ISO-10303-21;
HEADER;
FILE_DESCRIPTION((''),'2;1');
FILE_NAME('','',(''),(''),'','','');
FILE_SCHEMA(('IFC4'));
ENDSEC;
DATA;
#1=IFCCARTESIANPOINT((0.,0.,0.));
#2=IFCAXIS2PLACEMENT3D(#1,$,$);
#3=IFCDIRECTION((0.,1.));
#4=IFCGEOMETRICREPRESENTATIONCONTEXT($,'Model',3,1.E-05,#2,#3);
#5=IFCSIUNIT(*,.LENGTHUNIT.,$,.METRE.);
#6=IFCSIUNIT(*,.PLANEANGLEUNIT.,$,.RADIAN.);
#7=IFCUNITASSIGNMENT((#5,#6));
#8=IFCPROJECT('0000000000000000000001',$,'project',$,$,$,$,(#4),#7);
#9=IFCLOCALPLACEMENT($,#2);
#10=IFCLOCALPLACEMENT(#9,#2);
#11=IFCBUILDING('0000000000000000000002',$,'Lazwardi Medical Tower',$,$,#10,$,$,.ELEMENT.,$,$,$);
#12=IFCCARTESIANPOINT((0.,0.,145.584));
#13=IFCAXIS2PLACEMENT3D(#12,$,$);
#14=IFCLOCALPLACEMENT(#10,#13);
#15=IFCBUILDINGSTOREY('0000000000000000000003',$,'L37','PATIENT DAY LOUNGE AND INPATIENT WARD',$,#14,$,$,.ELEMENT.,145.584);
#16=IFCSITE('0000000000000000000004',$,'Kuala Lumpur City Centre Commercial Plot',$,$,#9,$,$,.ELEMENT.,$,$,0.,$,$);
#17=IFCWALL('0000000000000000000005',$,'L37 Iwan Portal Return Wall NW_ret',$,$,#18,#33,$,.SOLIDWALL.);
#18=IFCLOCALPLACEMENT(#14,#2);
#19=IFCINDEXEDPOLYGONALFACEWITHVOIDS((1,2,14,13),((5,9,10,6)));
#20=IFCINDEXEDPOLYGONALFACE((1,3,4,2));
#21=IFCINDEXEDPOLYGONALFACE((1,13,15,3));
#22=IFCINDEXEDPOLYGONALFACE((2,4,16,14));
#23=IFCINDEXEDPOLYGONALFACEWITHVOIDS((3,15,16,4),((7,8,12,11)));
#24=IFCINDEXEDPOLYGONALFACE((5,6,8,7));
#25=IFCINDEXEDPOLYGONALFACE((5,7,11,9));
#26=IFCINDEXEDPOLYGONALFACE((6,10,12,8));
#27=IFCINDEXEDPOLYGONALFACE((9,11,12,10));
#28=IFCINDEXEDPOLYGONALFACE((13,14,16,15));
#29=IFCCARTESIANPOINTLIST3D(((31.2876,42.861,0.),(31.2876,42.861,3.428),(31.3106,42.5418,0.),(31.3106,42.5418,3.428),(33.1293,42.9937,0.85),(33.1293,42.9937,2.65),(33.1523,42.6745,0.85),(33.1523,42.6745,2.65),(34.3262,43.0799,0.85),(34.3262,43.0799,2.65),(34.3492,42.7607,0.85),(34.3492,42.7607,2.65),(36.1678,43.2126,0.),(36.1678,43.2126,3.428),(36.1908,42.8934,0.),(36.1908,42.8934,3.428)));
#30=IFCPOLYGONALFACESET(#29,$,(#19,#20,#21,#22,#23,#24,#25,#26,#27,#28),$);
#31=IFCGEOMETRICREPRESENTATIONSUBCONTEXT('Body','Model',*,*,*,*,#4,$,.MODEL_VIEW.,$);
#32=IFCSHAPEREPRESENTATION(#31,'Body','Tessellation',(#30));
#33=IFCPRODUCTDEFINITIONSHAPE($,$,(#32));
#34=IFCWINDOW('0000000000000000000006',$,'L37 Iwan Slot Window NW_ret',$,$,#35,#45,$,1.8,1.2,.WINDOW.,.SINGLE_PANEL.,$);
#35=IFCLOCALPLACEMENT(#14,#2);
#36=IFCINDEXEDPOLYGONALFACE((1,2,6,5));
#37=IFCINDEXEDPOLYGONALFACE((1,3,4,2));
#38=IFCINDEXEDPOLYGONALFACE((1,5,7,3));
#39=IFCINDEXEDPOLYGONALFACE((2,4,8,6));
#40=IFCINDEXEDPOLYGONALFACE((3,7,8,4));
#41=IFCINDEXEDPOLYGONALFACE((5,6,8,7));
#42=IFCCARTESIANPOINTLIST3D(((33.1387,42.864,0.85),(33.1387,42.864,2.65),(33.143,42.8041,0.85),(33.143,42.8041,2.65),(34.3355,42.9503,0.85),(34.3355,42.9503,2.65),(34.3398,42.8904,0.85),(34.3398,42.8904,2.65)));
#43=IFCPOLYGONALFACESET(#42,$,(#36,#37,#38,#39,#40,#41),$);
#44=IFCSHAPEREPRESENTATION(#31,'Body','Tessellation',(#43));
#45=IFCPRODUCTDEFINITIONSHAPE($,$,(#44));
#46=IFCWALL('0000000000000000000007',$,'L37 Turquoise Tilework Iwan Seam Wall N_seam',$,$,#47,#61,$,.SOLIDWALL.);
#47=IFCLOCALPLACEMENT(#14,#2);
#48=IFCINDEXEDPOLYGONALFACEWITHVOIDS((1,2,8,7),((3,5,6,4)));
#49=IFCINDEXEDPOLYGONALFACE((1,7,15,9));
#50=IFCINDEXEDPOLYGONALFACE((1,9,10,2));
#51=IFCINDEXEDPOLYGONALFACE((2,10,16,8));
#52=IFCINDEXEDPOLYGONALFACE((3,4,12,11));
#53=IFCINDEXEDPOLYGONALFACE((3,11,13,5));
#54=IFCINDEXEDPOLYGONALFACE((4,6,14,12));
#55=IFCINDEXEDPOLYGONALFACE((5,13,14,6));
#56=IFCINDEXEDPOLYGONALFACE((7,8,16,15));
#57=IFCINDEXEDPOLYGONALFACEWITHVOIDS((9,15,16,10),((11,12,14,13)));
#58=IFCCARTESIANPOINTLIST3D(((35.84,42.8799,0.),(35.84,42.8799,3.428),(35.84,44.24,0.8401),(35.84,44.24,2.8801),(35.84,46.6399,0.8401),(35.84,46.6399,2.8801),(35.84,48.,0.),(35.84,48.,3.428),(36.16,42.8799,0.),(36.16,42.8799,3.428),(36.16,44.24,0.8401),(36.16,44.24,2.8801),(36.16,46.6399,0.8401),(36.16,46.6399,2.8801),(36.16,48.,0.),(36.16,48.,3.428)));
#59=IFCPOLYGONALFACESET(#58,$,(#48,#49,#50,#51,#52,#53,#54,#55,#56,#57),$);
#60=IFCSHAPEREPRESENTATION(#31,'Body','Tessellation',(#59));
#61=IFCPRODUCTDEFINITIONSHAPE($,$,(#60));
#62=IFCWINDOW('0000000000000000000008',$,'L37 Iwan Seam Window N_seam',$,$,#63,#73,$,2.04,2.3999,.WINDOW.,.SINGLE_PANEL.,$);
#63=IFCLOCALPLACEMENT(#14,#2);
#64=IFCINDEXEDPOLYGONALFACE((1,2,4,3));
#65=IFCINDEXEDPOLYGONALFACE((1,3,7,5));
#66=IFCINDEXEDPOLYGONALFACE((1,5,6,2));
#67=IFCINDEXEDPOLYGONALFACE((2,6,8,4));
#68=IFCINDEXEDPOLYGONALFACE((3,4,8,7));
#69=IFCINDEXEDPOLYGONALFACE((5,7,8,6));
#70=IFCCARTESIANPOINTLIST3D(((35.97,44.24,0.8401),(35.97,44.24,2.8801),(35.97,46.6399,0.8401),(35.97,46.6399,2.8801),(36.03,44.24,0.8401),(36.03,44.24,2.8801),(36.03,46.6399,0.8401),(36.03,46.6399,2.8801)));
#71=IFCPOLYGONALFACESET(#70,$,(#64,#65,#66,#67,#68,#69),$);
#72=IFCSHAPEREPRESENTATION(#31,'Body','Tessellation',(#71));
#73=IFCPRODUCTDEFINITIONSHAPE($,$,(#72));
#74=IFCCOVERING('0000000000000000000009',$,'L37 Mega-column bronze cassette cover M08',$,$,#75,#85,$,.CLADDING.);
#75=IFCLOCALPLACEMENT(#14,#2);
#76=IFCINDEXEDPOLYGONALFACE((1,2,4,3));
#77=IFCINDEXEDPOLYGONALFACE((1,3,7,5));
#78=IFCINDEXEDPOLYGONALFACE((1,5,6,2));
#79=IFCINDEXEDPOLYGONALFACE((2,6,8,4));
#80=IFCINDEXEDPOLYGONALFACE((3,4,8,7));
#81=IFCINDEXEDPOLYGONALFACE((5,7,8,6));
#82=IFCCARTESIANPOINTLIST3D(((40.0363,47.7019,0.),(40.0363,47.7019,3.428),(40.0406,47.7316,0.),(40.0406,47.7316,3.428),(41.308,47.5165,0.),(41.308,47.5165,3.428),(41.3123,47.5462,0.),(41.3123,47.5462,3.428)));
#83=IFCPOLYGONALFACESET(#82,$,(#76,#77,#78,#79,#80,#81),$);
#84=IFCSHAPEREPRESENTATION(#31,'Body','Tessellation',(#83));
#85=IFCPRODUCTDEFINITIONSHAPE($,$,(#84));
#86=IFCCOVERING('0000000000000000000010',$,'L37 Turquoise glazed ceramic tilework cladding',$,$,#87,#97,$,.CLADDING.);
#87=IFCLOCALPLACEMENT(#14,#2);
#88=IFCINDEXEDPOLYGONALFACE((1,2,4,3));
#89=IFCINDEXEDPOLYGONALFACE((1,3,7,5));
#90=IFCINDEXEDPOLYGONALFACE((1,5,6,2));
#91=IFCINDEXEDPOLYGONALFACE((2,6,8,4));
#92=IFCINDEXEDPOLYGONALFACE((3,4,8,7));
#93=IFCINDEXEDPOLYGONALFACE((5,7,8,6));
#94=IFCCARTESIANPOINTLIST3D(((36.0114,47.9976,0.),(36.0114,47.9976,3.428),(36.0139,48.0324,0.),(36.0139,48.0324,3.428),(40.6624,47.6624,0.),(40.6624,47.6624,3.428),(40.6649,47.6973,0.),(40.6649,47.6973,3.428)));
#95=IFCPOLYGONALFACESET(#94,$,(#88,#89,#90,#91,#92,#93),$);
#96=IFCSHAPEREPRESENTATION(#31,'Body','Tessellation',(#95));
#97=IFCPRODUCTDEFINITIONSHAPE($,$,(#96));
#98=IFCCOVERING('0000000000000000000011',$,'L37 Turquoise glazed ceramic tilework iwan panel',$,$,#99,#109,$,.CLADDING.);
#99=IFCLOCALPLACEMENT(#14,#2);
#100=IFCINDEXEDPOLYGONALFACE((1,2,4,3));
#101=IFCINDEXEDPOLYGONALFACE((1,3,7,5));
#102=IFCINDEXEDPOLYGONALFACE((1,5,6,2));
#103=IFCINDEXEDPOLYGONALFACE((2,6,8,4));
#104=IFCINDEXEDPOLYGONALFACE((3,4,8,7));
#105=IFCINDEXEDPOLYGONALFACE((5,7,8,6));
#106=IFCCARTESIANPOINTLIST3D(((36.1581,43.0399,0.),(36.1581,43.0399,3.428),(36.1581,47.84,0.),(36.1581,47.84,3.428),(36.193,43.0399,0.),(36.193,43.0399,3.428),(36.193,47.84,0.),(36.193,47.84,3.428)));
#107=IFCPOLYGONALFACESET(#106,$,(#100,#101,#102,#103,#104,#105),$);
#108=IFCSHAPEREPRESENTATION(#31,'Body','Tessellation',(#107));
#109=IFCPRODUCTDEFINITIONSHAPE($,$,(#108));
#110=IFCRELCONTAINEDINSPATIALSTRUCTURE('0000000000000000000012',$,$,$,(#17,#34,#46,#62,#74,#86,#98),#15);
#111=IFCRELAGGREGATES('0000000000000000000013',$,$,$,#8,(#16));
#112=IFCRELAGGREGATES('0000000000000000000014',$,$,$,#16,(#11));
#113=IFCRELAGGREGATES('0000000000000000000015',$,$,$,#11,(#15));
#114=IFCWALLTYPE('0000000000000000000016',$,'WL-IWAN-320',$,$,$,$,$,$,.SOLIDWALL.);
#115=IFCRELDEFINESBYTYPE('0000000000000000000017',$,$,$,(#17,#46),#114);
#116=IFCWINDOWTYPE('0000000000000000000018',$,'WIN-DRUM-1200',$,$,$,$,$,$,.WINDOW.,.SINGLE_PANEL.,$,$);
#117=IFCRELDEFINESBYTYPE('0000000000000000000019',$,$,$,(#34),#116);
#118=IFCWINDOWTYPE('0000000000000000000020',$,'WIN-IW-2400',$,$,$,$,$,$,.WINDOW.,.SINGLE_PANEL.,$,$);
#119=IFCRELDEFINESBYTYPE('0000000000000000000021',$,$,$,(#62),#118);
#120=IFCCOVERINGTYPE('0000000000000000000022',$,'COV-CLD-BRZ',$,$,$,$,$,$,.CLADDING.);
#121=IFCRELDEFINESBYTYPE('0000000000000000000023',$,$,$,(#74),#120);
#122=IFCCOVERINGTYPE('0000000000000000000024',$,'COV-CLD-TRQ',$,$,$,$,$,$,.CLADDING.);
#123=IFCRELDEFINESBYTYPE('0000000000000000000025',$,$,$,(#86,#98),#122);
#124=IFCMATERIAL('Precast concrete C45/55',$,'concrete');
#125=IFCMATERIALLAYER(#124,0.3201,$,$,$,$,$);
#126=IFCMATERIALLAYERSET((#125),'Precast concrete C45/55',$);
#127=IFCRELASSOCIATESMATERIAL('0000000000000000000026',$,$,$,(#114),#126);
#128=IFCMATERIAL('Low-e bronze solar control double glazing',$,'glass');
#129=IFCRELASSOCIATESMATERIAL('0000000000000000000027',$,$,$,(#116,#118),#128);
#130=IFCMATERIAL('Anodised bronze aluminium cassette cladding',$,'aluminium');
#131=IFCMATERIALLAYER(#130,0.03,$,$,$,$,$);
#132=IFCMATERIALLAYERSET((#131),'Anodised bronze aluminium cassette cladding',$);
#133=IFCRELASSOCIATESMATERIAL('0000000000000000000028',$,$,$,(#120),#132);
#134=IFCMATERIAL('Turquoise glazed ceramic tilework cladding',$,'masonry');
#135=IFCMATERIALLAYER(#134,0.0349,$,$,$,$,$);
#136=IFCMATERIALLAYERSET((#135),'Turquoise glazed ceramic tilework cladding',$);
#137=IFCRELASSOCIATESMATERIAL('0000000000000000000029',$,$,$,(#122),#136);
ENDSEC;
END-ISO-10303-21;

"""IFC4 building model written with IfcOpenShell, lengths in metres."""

from ifc_helpers import new_model, si_unit, direction, frame, frame_2d, origin, origin_2d, place, context, subcontext, project, spatial, rectangle, extrude, material, layer, layer_set, type_object, element, fill, save


model = new_model("IFC4")

# Units and contexts
model_context = context("Model", 3, precision=1e-05, world=origin(), true_north=direction((0.0, 1.0)))
body_context = subcontext(model_context, "Body", "Model", "MODEL_VIEW")
ifc_project = project(units=[si_unit("LENGTHUNIT", "METRE"), si_unit("PLANEANGLEUNIT", "RADIAN")], contexts=[model_context])

# Site, building, storey
site_placement = place(None, origin())
site = spatial("IfcSite", under=ifc_project, at=site_placement, Name="Kuala Lumpur City Centre Commercial Plot", CompositionType="ELEMENT", RefElevation=0.0)
building_placement = place(site_placement, origin())
building = spatial("IfcBuilding", under=site, at=building_placement, Name="Lazwardi Medical Tower", CompositionType="ELEMENT")
storey_placement = place(building_placement, frame((0.0, 0.0, 145.584)))
storey = spatial("IfcBuildingStorey", under=building, at=storey_placement, Name="L37", Description="PATIENT DAY LOUNGE AND INPATIENT WARD", CompositionType="ELEMENT", Elevation=145.584)

# Shared definitions
ifc_material_1 = material(Name="Low-e bronze solar control double glazing", Category="glass")

# Walls, openings, windows
ifc_material_2 = material(Name="Precast concrete C45/55", Category="concrete")
ifc_layer_1 = layer(ifc_material_2, 0.3201)
ifc_layer_set_1 = layer_set([ifc_layer_1], Name="Precast concrete C45/55")
wall_type_1 = type_object("IfcWallType", Name="WL-IWAN-320", PredefinedType="SOLIDWALL", material=ifc_layer_set_1)
wall_1_placement = place(storey_placement, frame((36.1792, 43.053, 0.0), z_axis=(0.0, 0.0, 1.0), x_axis=(-0.997415, -0.071853, 0.0)))
wall_1 = element("IfcWall", 1, at=wall_1_placement, inside=storey, type_object=wall_type_1, Name="L37 Iwan Portal Return Wall NW_ret", PredefinedType="SOLIDWALL", context=body_context, shape_type="SweptSolid", body=[
    extrude(rectangle(XDim=4.8928, YDim=0.3201, at=frame_2d((2.4463, 0.0))), origin(), (0.0, 0.0, 1.0), 3.428),
])
opening_1_placement = place(wall_1_placement, frame((1.8462, 0.0, 0.8501)))
opening_1 = element("IfcOpeningElement", 2, at=opening_1_placement, cuts=wall_1, PredefinedType="OPENING", context=body_context, shape_type="SweptSolid", body=[
    extrude(rectangle(XDim=1.2, YDim=1.8, at=frame_2d((0.6001, 0.8999))), frame((0.0, 0.1699, 0.0), z_axis=(0.0, -1.0, 0.0), x_axis=(1.0, 0.0, 0.0)), (0.0, 0.0, 1.0), 0.3401),
])
window_type_1 = type_object("IfcWindowType", Name="WIN-DRUM-1200", PartitioningType="SINGLE_PANEL", PredefinedType="WINDOW", material=ifc_material_1)
window_1_placement = place(opening_1_placement, origin())
window_1 = element("IfcWindow", 3, at=window_1_placement, inside=storey, type_object=window_type_1, Name="L37 Iwan Slot Window NW_ret", OverallHeight=1.8, OverallWidth=1.2, PartitioningType="SINGLE_PANEL", PredefinedType="WINDOW", context=body_context, shape_type="SweptSolid", body=[
    extrude(rectangle(XDim=1.2, YDim=1.8, at=frame_2d((0.6001, 0.8999))), frame((0.0, 0.03, 0.0), z_axis=(0.0, -1.0, 0.0), x_axis=(1.0, 0.0, 0.0)), (0.0, 0.0, 1.0), 0.0601),
])
fill(opening_1, window_1)
wall_2_placement = place(storey_placement, frame((36.0, 48.0, 0.0), z_axis=(0.0, 0.0, 1.0), x_axis=(0.0, -1.0, 0.0)))
wall_2 = element("IfcWall", 4, at=wall_2_placement, inside=storey, type_object=wall_type_1, Name="L37 Turquoise Tilework Iwan Seam Wall N_seam", PredefinedType="SOLIDWALL", context=body_context, shape_type="SweptSolid", body=[
    extrude(rectangle(XDim=5.1201, YDim=0.3201, at=frame_2d((2.5601, 0.0))), origin(), (0.0, 0.0, 1.0), 3.428),
])
opening_2_placement = place(wall_2_placement, frame((1.3601, 0.0, 0.8401)))
opening_2 = element("IfcOpeningElement", 5, at=opening_2_placement, cuts=wall_2, PredefinedType="OPENING", context=body_context, shape_type="SweptSolid", body=[
    extrude(rectangle(XDim=2.3999, YDim=2.04, at=frame_2d((1.2, 1.02))), frame((0.0, 0.1699, 0.0), z_axis=(0.0, -1.0, 0.0), x_axis=(1.0, 0.0, 0.0)), (0.0, 0.0, 1.0), 0.3401),
])
window_type_2 = type_object("IfcWindowType", Name="WIN-IW-2400", PartitioningType="SINGLE_PANEL", PredefinedType="WINDOW", material=ifc_material_1)
window_2_placement = place(opening_2_placement, origin())
window_2 = element("IfcWindow", 6, at=window_2_placement, inside=storey, type_object=window_type_2, Name="L37 Iwan Seam Window N_seam", OverallHeight=2.04, OverallWidth=2.3999, PartitioningType="SINGLE_PANEL", PredefinedType="WINDOW", context=body_context, shape_type="SweptSolid", body=[
    extrude(rectangle(XDim=2.3999, YDim=2.04, at=frame_2d((1.2, 1.02))), frame((0.0, 0.03, 0.0), z_axis=(0.0, -1.0, 0.0), x_axis=(1.0, 0.0, 0.0)), (0.0, 0.0, 1.0), 0.0601),
])
fill(opening_2, window_2)

# Coverings
ifc_material_3 = material(Name="Anodised bronze aluminium cassette cladding", Category="aluminium")
ifc_layer_2 = layer(ifc_material_3, 0.03)
ifc_layer_set_2 = layer_set([ifc_layer_2], Name="Anodised bronze aluminium cassette cladding")
covering_type_1 = type_object("IfcCoveringType", Name="COV-CLD-BRZ", PredefinedType="CLADDING", material=ifc_layer_set_2)
covering_1_placement = place(storey_placement, frame((40.6743, 47.624, 0.0), z_axis=(0.0, 0.0, 1.0), x_axis=(-0.989539, 0.144265, 0.0)))
element("IfcCovering", 7, at=covering_1_placement, inside=storey, type_object=covering_type_1, Name="L37 Mega-column bronze cassette cover M08", PredefinedType="CLADDING", context=body_context, shape_type="SweptSolid", body=[
    extrude(rectangle(XDim=1.2852, YDim=0.03, at=origin_2d()), origin(), (0.0, 0.0, 1.0), 3.428),
])
ifc_material_4 = material(Name="Turquoise glazed ceramic tilework cladding", Category="masonry")
ifc_layer_3 = layer(ifc_material_4, 0.0349)
ifc_layer_set_3 = layer_set([ifc_layer_3], Name="Turquoise glazed ceramic tilework cladding")
covering_type_2 = type_object("IfcCoveringType", Name="COV-CLD-TRQ", PredefinedType="CLADDING", material=ifc_layer_set_3)
covering_2_placement = place(storey_placement, frame((38.3381, 47.8474, 0.0), z_axis=(0.0, 0.0, 1.0), x_axis=(-0.997415, 0.071863, 0.0)))
element("IfcCovering", 8, at=covering_2_placement, inside=storey, type_object=covering_type_2, Name="L37 Turquoise glazed ceramic tilework cladding", PredefinedType="CLADDING", context=body_context, shape_type="SweptSolid", body=[
    extrude(rectangle(XDim=4.6631, YDim=0.0349, at=origin_2d()), origin(), (0.0, 0.0, 1.0), 3.428),
])
covering_3_placement = place(storey_placement, frame((36.1755, 45.4399, 0.0), z_axis=(0.0, 0.0, 1.0), x_axis=(0.0, -1.0, 0.0)))
element("IfcCovering", 9, at=covering_3_placement, inside=storey, type_object=covering_type_2, Name="L37 Turquoise glazed ceramic tilework iwan panel", PredefinedType="CLADDING", context=body_context, shape_type="SweptSolid", body=[
    extrude(rectangle(XDim=4.8, YDim=0.0349, at=origin_2d()), origin(), (0.0, 0.0, 1.0), 3.428),
])

save(model, "model.ifc")
